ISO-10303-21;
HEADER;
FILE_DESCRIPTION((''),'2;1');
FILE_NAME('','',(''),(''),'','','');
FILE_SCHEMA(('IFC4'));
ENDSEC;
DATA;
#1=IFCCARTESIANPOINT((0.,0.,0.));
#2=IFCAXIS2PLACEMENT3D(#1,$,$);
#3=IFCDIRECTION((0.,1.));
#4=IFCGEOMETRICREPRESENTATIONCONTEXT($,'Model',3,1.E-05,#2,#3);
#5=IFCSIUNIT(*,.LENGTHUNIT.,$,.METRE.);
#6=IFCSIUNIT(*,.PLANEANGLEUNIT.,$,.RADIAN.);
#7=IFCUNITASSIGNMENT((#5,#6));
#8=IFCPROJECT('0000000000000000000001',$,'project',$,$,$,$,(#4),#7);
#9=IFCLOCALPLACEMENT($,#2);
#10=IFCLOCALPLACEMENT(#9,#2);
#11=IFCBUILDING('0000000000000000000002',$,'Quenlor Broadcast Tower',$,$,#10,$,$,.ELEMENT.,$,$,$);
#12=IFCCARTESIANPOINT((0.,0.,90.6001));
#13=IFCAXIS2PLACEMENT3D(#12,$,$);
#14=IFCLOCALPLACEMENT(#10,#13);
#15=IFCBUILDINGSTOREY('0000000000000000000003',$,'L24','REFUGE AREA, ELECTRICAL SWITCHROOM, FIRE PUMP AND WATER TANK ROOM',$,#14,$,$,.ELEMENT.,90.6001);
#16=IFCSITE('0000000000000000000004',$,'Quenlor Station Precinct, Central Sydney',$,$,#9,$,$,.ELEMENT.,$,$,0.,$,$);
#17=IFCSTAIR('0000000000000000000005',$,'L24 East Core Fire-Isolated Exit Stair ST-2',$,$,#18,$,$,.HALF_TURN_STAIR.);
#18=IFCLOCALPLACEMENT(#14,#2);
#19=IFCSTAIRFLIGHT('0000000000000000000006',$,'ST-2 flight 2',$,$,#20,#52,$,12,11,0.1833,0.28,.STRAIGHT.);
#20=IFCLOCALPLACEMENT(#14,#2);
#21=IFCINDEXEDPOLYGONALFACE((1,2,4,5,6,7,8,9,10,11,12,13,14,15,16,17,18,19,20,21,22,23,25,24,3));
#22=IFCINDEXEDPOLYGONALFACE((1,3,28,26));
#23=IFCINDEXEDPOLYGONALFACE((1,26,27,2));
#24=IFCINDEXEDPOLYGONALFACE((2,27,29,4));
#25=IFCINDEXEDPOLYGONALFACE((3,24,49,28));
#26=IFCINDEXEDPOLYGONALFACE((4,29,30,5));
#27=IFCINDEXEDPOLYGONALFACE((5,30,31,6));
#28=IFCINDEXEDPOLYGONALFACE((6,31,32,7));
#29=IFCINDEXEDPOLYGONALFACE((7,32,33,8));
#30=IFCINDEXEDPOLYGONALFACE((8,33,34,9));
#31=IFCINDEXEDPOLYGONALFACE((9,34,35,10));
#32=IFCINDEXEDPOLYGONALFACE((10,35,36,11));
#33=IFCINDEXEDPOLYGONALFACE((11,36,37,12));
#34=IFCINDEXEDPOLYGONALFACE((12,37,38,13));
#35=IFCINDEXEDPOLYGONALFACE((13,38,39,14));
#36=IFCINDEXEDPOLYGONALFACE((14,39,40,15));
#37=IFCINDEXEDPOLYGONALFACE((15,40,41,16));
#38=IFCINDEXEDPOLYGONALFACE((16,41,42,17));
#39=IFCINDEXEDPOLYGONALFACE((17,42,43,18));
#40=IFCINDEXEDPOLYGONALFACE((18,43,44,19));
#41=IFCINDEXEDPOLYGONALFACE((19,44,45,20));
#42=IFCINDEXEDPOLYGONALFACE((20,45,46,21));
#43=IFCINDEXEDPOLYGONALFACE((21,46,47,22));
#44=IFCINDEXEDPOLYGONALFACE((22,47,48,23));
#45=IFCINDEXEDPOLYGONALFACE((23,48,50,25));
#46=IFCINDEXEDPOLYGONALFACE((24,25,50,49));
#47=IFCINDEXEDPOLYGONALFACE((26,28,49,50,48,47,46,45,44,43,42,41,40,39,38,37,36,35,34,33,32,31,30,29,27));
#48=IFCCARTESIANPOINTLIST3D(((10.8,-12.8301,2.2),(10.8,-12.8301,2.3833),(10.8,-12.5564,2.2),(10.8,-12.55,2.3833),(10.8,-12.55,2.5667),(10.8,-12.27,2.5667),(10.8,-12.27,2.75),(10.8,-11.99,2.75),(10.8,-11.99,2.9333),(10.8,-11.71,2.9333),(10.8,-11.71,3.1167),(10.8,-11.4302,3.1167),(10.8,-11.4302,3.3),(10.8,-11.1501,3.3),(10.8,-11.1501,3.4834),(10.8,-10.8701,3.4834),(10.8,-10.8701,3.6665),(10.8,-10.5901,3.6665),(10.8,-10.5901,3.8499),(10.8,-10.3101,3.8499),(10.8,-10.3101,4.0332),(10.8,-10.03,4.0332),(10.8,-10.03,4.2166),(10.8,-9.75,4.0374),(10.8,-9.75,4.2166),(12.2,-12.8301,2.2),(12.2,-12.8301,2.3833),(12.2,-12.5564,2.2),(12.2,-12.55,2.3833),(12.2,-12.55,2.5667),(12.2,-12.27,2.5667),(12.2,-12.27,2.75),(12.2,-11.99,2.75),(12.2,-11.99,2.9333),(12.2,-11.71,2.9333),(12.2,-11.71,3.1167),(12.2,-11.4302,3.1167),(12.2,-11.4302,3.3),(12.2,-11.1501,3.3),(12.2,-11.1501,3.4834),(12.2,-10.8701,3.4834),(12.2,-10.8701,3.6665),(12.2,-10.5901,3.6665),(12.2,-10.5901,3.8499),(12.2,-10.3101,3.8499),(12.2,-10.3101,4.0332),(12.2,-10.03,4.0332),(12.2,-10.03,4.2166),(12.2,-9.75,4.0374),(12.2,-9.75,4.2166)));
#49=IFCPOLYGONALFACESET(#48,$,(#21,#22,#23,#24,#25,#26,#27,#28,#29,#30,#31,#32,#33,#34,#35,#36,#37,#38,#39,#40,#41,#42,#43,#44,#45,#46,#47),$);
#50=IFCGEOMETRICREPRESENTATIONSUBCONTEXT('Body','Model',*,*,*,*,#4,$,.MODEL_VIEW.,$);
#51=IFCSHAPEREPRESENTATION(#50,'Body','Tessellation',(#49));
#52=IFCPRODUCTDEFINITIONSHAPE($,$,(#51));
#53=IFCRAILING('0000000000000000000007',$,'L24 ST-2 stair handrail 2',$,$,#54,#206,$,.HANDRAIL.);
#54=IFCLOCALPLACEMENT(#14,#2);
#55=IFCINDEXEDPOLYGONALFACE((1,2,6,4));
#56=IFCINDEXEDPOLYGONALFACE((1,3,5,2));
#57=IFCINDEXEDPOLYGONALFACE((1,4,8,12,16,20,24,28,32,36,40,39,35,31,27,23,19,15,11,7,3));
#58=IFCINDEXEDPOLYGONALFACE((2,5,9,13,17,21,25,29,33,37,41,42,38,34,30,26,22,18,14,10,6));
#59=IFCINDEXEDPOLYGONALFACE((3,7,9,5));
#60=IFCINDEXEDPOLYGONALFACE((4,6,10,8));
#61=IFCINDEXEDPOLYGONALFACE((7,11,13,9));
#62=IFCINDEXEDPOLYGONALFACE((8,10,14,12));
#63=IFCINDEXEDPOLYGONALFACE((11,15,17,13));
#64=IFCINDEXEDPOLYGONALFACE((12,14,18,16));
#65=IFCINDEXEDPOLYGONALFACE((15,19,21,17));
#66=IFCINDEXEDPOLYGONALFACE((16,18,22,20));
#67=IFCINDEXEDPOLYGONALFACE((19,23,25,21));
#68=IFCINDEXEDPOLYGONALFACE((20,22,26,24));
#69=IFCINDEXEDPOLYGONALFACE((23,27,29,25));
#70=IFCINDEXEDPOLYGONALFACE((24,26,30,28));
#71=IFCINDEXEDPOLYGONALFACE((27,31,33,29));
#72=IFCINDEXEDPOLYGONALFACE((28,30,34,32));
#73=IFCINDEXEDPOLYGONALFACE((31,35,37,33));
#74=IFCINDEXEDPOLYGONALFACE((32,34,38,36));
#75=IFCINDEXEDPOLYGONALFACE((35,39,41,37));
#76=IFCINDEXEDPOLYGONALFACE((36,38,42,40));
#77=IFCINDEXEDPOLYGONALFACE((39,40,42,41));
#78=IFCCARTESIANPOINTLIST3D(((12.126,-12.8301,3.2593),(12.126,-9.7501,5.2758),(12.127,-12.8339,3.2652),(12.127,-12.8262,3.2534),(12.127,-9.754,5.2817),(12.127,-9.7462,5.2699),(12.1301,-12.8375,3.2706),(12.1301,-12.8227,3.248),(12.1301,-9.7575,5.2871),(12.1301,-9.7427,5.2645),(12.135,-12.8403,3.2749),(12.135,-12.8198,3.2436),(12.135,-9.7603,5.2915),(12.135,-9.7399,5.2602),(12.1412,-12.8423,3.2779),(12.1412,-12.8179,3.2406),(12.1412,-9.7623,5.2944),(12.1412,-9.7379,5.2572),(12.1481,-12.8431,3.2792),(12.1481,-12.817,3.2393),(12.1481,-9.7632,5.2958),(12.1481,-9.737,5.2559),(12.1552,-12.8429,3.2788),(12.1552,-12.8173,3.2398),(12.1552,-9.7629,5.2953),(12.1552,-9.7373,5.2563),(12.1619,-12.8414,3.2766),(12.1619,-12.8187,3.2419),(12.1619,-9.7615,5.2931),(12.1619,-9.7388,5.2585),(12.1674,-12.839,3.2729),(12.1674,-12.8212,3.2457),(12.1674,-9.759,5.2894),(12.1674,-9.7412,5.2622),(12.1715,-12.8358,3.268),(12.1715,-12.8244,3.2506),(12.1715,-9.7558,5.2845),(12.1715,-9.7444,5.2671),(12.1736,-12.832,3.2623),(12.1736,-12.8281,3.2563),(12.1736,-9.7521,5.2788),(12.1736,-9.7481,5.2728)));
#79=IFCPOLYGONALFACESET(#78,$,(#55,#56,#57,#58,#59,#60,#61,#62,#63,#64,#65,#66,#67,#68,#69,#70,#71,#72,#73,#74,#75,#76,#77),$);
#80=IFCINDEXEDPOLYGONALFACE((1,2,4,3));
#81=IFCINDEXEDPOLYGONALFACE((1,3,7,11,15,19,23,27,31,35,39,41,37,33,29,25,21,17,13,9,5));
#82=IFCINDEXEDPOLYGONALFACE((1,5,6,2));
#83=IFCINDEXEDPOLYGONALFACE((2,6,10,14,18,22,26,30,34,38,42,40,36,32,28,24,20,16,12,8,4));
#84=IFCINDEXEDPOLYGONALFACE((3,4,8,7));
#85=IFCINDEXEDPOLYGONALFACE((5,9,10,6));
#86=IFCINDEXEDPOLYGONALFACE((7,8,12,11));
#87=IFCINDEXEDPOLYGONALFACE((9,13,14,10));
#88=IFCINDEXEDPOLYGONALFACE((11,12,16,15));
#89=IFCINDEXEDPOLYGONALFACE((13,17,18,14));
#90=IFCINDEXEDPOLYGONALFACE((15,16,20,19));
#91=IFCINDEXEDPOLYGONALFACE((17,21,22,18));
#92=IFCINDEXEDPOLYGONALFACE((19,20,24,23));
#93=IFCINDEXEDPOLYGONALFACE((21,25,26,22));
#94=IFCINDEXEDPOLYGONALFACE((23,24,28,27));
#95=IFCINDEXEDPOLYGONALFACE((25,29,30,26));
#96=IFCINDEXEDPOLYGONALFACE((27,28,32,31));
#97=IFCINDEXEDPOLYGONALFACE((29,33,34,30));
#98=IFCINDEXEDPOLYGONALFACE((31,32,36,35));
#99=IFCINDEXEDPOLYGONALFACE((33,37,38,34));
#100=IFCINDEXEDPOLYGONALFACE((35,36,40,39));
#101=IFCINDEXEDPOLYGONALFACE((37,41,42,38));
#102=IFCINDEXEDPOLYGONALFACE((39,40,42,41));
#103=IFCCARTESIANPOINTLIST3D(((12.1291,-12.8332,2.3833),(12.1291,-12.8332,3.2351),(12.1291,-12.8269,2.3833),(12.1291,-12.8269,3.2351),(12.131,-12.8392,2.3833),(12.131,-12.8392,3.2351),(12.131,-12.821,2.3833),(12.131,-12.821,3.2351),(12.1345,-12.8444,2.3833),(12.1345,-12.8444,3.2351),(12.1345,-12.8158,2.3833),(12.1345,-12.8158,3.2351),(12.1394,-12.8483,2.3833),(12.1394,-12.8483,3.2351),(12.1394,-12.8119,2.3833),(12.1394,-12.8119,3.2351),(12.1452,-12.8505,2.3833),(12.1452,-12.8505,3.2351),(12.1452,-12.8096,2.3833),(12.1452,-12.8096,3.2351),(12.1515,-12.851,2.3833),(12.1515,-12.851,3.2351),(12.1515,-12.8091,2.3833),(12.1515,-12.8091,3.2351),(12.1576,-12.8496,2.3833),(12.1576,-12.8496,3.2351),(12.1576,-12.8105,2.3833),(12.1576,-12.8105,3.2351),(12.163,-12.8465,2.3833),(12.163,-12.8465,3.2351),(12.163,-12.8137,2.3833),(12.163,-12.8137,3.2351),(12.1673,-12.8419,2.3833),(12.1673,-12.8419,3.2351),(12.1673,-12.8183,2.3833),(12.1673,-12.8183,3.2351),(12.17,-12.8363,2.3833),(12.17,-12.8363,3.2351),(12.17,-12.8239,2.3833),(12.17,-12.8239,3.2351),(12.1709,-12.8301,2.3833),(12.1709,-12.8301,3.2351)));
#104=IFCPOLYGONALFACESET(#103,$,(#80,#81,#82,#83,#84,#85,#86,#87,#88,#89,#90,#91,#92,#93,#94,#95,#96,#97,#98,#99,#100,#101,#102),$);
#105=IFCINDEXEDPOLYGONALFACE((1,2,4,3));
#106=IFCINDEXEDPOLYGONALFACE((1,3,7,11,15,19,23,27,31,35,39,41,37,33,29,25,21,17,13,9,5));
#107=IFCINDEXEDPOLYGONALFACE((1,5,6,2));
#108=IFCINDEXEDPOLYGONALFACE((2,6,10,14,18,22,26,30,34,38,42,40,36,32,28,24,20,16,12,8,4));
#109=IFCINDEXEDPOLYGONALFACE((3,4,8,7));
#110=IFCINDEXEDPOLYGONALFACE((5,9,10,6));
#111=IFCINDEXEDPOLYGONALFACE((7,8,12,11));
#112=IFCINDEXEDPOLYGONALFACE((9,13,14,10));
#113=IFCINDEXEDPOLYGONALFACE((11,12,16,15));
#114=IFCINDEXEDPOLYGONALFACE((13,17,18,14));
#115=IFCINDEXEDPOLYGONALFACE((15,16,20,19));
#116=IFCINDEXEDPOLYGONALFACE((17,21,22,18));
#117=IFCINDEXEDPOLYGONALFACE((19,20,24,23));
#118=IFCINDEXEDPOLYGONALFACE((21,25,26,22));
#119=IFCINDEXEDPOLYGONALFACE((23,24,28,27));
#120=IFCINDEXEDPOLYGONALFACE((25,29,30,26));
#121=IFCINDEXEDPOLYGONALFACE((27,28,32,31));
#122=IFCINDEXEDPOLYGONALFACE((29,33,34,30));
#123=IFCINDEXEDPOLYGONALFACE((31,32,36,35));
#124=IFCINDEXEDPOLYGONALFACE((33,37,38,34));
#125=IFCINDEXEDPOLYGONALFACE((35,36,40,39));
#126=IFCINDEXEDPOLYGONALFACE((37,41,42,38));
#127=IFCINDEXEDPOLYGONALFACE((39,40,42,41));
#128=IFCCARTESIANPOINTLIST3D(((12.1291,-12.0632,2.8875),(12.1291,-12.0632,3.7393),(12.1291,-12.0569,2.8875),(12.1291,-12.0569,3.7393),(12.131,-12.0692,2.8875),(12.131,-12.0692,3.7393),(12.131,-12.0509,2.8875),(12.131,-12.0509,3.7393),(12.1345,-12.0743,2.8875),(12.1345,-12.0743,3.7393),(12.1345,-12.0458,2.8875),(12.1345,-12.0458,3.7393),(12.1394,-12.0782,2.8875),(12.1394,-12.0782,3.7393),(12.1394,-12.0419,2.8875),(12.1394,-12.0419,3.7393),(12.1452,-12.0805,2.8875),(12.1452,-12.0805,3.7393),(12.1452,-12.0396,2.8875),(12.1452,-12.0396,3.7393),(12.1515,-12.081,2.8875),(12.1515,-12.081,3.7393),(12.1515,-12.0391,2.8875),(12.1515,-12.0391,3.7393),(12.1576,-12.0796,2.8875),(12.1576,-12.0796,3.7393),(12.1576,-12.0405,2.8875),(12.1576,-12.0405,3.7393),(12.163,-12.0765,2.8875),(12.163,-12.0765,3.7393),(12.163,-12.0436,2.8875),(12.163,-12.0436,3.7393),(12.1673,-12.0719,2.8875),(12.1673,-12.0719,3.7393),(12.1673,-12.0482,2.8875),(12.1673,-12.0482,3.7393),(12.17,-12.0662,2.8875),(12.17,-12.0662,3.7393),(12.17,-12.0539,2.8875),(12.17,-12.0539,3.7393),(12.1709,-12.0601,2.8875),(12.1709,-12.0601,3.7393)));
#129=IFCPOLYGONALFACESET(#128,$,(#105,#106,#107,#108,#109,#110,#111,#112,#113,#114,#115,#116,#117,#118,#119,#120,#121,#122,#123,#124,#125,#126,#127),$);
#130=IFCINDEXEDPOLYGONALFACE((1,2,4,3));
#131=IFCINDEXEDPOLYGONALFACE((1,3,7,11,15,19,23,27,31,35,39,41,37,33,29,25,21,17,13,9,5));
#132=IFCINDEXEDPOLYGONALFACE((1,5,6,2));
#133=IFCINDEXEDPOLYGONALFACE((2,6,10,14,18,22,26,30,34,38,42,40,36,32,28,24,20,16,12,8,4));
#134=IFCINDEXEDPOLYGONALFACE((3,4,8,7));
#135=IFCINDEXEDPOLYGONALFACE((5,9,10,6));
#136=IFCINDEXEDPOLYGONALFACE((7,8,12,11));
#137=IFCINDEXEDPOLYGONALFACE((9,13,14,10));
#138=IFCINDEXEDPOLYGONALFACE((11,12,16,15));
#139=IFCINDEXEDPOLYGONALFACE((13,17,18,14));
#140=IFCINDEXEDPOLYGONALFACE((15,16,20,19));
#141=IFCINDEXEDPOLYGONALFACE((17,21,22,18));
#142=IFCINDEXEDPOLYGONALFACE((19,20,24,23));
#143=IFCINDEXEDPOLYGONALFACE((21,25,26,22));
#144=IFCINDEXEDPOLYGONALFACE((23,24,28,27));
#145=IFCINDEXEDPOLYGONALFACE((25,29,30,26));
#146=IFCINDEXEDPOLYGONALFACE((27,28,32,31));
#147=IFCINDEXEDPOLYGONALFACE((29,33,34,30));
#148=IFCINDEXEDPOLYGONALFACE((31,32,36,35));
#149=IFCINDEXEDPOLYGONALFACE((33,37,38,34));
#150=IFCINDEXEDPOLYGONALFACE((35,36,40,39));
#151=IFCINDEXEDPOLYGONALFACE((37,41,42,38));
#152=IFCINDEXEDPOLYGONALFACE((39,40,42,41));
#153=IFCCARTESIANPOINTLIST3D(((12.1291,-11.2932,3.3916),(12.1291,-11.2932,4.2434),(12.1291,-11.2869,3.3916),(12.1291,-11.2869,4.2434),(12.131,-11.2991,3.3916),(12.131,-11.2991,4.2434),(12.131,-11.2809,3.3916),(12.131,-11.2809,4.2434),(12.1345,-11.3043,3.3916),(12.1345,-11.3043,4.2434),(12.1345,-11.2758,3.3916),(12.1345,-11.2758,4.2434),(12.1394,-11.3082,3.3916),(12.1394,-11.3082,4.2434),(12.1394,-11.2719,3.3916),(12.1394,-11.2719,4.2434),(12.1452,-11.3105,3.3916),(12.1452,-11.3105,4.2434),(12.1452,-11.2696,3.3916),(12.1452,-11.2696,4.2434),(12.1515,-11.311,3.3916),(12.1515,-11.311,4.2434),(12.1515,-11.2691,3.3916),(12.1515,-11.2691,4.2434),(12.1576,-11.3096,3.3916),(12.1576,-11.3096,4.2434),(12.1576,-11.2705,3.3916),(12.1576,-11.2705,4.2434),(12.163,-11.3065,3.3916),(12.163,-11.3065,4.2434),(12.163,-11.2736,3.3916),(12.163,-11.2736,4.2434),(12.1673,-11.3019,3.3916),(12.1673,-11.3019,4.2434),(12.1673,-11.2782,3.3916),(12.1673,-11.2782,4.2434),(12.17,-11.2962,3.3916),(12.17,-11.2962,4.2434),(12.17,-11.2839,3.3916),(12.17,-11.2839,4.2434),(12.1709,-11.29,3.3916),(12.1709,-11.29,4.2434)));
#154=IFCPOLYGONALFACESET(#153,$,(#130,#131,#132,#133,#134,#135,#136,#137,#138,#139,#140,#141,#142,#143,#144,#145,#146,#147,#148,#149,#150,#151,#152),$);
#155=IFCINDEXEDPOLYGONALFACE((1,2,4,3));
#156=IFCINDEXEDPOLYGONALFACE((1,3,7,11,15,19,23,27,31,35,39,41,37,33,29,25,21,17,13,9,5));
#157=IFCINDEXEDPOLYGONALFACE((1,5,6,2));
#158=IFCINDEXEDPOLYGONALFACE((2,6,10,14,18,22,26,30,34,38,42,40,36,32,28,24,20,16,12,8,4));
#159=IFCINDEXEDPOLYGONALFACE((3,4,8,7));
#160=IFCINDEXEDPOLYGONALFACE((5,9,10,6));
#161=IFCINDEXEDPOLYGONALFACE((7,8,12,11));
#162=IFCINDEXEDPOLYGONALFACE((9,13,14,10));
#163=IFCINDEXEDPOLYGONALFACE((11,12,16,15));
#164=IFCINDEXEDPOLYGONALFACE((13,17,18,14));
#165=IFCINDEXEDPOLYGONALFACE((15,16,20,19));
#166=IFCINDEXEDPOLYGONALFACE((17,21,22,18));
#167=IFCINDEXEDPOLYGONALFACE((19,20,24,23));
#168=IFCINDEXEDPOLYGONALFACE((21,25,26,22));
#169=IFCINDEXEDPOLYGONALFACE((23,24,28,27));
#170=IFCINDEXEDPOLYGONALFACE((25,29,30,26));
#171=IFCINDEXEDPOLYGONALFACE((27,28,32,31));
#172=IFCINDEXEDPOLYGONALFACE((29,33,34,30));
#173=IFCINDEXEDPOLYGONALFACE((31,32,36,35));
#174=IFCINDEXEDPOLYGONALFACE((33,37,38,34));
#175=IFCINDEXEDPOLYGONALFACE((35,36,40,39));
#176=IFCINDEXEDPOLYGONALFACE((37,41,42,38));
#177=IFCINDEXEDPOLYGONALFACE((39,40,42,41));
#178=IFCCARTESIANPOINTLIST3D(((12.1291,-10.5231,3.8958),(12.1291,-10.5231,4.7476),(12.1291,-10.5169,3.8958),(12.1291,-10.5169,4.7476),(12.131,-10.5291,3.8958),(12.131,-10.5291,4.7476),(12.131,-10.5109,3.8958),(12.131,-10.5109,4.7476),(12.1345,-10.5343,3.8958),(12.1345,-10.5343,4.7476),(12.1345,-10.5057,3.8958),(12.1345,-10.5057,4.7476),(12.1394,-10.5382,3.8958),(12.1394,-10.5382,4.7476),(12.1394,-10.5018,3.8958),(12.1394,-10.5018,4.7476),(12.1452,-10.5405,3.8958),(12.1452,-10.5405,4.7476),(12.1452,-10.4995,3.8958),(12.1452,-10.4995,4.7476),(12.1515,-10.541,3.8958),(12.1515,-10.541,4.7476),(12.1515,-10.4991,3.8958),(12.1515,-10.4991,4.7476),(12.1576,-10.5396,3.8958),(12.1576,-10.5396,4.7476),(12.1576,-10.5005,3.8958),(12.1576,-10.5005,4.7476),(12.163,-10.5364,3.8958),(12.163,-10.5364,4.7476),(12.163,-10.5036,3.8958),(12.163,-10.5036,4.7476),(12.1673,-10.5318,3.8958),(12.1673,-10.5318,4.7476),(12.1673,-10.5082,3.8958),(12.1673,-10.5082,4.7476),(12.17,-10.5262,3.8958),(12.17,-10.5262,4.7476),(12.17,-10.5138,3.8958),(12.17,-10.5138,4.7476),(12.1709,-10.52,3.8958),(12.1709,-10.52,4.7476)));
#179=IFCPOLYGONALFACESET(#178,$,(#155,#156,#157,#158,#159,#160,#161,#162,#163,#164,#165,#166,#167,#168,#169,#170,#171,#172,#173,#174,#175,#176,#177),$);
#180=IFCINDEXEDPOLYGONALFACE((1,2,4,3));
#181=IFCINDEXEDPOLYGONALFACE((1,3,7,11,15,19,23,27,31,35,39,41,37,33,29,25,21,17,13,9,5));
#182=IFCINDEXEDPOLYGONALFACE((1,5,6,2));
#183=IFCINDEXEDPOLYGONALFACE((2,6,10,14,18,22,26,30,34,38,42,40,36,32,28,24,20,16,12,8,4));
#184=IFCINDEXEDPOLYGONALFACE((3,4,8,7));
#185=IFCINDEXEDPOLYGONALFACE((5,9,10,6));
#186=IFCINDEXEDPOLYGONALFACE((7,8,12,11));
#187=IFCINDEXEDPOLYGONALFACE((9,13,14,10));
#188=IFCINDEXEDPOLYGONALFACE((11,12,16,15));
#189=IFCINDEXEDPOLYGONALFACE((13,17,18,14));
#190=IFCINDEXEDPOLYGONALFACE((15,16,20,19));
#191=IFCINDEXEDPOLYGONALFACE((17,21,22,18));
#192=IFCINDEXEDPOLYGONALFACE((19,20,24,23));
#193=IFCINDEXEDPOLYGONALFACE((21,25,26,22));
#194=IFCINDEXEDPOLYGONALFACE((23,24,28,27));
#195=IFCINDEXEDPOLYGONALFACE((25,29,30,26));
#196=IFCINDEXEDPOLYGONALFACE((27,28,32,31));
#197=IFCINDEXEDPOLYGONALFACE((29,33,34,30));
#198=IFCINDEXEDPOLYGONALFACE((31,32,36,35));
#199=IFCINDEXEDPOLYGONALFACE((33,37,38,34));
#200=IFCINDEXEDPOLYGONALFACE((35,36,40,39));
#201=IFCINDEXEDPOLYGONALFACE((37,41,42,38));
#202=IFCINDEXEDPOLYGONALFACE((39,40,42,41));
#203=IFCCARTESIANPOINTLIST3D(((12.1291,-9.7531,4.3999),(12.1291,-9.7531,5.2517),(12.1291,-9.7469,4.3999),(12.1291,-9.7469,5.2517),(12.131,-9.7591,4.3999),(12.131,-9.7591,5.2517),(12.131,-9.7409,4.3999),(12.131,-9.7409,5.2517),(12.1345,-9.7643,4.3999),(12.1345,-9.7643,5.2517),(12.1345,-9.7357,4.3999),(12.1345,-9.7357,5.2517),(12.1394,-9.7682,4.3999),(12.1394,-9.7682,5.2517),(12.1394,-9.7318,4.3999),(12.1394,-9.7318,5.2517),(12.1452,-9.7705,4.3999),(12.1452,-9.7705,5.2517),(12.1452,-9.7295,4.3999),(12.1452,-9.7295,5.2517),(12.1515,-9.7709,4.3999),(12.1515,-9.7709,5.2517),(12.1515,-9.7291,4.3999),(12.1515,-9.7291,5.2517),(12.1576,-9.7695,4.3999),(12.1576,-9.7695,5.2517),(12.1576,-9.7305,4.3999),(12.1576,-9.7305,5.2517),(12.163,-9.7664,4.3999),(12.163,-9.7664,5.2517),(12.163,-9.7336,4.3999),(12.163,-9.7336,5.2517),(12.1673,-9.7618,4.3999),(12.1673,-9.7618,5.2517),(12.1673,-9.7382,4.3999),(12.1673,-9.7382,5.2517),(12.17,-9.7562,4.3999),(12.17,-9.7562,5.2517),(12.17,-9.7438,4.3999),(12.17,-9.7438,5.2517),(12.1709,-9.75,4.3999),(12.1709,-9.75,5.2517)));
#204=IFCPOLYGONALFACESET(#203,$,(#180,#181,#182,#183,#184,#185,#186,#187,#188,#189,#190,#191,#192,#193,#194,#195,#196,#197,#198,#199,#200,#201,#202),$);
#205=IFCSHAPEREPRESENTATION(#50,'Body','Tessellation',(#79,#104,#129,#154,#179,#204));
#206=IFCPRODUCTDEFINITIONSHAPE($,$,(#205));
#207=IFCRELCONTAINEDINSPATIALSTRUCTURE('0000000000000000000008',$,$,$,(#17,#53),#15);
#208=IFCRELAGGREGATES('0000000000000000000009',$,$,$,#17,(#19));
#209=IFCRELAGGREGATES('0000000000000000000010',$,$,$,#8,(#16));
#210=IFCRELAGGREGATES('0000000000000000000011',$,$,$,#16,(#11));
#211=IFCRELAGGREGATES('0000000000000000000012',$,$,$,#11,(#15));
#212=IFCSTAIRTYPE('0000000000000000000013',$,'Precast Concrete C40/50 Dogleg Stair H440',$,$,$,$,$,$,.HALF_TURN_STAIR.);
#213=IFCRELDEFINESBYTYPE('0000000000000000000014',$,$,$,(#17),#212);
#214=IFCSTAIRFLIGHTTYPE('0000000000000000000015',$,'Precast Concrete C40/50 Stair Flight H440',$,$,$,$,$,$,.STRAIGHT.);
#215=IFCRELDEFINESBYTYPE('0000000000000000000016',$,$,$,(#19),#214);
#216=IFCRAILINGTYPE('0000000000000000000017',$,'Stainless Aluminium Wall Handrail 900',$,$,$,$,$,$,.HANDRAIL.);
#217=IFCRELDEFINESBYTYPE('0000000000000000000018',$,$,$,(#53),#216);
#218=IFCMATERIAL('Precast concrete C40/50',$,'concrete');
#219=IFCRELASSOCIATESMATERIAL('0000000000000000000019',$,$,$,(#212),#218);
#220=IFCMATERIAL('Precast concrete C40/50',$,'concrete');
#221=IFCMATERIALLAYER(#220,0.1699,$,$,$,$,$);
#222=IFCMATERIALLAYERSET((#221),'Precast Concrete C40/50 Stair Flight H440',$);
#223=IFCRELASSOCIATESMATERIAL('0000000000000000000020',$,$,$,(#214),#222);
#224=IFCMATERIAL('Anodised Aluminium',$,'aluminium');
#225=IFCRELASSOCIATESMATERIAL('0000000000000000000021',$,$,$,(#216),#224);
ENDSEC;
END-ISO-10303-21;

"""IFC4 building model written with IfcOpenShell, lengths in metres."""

from ifc_helpers import new_model, si_unit, direction, frame, origin, origin_2d, place, context, subcontext, project, spatial, polyline, circle, outline, extrude, material, layer, layer_set, type_object, element, aggregate, save


model = new_model("IFC4")

# Units and contexts
model_context = context("Model", 3, precision=1e-05, world=origin(), true_north=direction((0.0, 1.0)))
body_context = subcontext(model_context, "Body", "Model", "MODEL_VIEW")
ifc_project = project(units=[si_unit("LENGTHUNIT", "METRE"), si_unit("PLANEANGLEUNIT", "RADIAN")], contexts=[model_context])

# Site, building, storey
site_placement = place(None, origin())
site = spatial("IfcSite", under=ifc_project, at=site_placement, Name="Quenlor Station Precinct, Central Sydney", CompositionType="ELEMENT", RefElevation=0.0)
building_placement = place(site_placement, origin())
building = spatial("IfcBuilding", under=site, at=building_placement, Name="Quenlor Broadcast Tower", CompositionType="ELEMENT")
storey_placement = place(building_placement, frame((0.0, 0.0, 90.6001)))
storey = spatial("IfcBuildingStorey", under=building, at=storey_placement, Name="L24", Description="REFUGE AREA, ELECTRICAL SWITCHROOM, FIRE PUMP AND WATER TANK ROOM", CompositionType="ELEMENT", Elevation=90.6001)

# Stair, stair flight
ifc_material_1 = material(Name="Precast concrete C40/50", Category="concrete")
stair_type = type_object("IfcStairType", Name="Precast Concrete C40/50 Dogleg Stair H440", PredefinedType="HALF_TURN_STAIR", material=ifc_material_1)
stair_placement = place(storey_placement, origin())
stair = element("IfcStair", 1, at=stair_placement, inside=storey, type_object=stair_type, Name="L24 East Core Fire-Isolated Exit Stair ST-2", PredefinedType="HALF_TURN_STAIR")
ifc_material_2 = material(Name="Precast concrete C40/50", Category="concrete")
ifc_layer_1 = layer(ifc_material_2, 0.1699)
ifc_layer_set_1 = layer_set([ifc_layer_1], Name="Precast Concrete C40/50 Stair Flight H440")
stair_flight_type = type_object("IfcStairFlightType", Name="Precast Concrete C40/50 Stair Flight H440", PredefinedType="STRAIGHT", material=ifc_layer_set_1)
stair_flight_placement = place(storey_placement, frame((11.5, -12.8301, 2.2), z_axis=(0.0, 0.0, 1.0), x_axis=(0.0, 1.0, 0.0)))
stair_flight = element("IfcStairFlight", 2, at=stair_flight_placement, type_object=stair_flight_type, Name="ST-2 flight 2", NumberOfRisers=12, NumberOfTreads=11, PredefinedType="STRAIGHT", RiserHeight=0.1833, TreadLength=0.28, context=body_context, shape_type="SweptSolid", body=[
    extrude(outline(polyline([(0.0, 0.0), (0.0, 0.1833), (0.28, 0.1833), (0.28, 0.3667), (0.5601, 0.3667), (0.5601, 0.55), (0.8401, 0.55), (0.8401, 0.7334), (1.1201, 0.7334), (1.1201, 0.9167), (1.3999, 0.9167), (1.3999, 1.1001), (1.6799, 1.1001), (1.6799, 1.2834), (1.96, 1.2834), (1.96, 1.4666), (2.24, 1.4666), (2.24, 1.6499), (2.52, 1.6499), (2.52, 1.8333), (2.8, 1.8333), (2.8, 2.0166), (3.0801, 2.0166), (3.0801, 2.2), (3.0801, 1.8374), (0.2737, 0.0), (0.0, 0.0)])), frame((0.0, 0.7, 0.0), z_axis=(0.0, -1.0, 0.0), x_axis=(1.0, 0.0, 0.0)), (0.0, 0.0, 1.0), 1.3999),
])
aggregate(stair, [stair_flight])

# Railing
ifc_material_3 = material(Name="Anodised Aluminium", Category="aluminium")
railing_type_1 = type_object("IfcRailingType", Name="Stainless Aluminium Wall Handrail 900", PredefinedType="HANDRAIL", material=ifc_material_3)
railing_1_placement = place(storey_placement, frame((12.1499, -12.8301, 2.3833)))
element("IfcRailing", 3, at=railing_1_placement, inside=storey, type_object=railing_type_1, Name="L24 ST-2 stair handrail 2", PredefinedType="HANDRAIL", context=body_context, shape_type="SweptSolid", body=[
    extrude(circle(Radius=0.0239, at=origin_2d()), frame((0.0, 0.0, 0.876), z_axis=(0.0, 0.836633, 0.547764), x_axis=(-1.0, 0.0, 0.0)), (0.0, 0.0, 1.0), 3.6814),
    extrude(circle(Radius=0.021, at=origin_2d()), origin(), (0.0, 0.0, 1.0), 0.8518),
    extrude(circle(Radius=0.021, at=origin_2d()), frame((0.0, 0.77, 0.5042)), (0.0, 0.0, 1.0), 0.8518),
    extrude(circle(Radius=0.021, at=origin_2d()), frame((0.0, 1.54, 1.0083)), (0.0, 0.0, 1.0), 0.8518),
    extrude(circle(Radius=0.021, at=origin_2d()), frame((0.0, 2.3101, 1.5125)), (0.0, 0.0, 1.0), 0.8518),
    extrude(circle(Radius=0.021, at=origin_2d()), frame((0.0, 3.0801, 2.0166)), (0.0, 0.0, 1.0), 0.8518),
])

save(model, "model.ifc")
